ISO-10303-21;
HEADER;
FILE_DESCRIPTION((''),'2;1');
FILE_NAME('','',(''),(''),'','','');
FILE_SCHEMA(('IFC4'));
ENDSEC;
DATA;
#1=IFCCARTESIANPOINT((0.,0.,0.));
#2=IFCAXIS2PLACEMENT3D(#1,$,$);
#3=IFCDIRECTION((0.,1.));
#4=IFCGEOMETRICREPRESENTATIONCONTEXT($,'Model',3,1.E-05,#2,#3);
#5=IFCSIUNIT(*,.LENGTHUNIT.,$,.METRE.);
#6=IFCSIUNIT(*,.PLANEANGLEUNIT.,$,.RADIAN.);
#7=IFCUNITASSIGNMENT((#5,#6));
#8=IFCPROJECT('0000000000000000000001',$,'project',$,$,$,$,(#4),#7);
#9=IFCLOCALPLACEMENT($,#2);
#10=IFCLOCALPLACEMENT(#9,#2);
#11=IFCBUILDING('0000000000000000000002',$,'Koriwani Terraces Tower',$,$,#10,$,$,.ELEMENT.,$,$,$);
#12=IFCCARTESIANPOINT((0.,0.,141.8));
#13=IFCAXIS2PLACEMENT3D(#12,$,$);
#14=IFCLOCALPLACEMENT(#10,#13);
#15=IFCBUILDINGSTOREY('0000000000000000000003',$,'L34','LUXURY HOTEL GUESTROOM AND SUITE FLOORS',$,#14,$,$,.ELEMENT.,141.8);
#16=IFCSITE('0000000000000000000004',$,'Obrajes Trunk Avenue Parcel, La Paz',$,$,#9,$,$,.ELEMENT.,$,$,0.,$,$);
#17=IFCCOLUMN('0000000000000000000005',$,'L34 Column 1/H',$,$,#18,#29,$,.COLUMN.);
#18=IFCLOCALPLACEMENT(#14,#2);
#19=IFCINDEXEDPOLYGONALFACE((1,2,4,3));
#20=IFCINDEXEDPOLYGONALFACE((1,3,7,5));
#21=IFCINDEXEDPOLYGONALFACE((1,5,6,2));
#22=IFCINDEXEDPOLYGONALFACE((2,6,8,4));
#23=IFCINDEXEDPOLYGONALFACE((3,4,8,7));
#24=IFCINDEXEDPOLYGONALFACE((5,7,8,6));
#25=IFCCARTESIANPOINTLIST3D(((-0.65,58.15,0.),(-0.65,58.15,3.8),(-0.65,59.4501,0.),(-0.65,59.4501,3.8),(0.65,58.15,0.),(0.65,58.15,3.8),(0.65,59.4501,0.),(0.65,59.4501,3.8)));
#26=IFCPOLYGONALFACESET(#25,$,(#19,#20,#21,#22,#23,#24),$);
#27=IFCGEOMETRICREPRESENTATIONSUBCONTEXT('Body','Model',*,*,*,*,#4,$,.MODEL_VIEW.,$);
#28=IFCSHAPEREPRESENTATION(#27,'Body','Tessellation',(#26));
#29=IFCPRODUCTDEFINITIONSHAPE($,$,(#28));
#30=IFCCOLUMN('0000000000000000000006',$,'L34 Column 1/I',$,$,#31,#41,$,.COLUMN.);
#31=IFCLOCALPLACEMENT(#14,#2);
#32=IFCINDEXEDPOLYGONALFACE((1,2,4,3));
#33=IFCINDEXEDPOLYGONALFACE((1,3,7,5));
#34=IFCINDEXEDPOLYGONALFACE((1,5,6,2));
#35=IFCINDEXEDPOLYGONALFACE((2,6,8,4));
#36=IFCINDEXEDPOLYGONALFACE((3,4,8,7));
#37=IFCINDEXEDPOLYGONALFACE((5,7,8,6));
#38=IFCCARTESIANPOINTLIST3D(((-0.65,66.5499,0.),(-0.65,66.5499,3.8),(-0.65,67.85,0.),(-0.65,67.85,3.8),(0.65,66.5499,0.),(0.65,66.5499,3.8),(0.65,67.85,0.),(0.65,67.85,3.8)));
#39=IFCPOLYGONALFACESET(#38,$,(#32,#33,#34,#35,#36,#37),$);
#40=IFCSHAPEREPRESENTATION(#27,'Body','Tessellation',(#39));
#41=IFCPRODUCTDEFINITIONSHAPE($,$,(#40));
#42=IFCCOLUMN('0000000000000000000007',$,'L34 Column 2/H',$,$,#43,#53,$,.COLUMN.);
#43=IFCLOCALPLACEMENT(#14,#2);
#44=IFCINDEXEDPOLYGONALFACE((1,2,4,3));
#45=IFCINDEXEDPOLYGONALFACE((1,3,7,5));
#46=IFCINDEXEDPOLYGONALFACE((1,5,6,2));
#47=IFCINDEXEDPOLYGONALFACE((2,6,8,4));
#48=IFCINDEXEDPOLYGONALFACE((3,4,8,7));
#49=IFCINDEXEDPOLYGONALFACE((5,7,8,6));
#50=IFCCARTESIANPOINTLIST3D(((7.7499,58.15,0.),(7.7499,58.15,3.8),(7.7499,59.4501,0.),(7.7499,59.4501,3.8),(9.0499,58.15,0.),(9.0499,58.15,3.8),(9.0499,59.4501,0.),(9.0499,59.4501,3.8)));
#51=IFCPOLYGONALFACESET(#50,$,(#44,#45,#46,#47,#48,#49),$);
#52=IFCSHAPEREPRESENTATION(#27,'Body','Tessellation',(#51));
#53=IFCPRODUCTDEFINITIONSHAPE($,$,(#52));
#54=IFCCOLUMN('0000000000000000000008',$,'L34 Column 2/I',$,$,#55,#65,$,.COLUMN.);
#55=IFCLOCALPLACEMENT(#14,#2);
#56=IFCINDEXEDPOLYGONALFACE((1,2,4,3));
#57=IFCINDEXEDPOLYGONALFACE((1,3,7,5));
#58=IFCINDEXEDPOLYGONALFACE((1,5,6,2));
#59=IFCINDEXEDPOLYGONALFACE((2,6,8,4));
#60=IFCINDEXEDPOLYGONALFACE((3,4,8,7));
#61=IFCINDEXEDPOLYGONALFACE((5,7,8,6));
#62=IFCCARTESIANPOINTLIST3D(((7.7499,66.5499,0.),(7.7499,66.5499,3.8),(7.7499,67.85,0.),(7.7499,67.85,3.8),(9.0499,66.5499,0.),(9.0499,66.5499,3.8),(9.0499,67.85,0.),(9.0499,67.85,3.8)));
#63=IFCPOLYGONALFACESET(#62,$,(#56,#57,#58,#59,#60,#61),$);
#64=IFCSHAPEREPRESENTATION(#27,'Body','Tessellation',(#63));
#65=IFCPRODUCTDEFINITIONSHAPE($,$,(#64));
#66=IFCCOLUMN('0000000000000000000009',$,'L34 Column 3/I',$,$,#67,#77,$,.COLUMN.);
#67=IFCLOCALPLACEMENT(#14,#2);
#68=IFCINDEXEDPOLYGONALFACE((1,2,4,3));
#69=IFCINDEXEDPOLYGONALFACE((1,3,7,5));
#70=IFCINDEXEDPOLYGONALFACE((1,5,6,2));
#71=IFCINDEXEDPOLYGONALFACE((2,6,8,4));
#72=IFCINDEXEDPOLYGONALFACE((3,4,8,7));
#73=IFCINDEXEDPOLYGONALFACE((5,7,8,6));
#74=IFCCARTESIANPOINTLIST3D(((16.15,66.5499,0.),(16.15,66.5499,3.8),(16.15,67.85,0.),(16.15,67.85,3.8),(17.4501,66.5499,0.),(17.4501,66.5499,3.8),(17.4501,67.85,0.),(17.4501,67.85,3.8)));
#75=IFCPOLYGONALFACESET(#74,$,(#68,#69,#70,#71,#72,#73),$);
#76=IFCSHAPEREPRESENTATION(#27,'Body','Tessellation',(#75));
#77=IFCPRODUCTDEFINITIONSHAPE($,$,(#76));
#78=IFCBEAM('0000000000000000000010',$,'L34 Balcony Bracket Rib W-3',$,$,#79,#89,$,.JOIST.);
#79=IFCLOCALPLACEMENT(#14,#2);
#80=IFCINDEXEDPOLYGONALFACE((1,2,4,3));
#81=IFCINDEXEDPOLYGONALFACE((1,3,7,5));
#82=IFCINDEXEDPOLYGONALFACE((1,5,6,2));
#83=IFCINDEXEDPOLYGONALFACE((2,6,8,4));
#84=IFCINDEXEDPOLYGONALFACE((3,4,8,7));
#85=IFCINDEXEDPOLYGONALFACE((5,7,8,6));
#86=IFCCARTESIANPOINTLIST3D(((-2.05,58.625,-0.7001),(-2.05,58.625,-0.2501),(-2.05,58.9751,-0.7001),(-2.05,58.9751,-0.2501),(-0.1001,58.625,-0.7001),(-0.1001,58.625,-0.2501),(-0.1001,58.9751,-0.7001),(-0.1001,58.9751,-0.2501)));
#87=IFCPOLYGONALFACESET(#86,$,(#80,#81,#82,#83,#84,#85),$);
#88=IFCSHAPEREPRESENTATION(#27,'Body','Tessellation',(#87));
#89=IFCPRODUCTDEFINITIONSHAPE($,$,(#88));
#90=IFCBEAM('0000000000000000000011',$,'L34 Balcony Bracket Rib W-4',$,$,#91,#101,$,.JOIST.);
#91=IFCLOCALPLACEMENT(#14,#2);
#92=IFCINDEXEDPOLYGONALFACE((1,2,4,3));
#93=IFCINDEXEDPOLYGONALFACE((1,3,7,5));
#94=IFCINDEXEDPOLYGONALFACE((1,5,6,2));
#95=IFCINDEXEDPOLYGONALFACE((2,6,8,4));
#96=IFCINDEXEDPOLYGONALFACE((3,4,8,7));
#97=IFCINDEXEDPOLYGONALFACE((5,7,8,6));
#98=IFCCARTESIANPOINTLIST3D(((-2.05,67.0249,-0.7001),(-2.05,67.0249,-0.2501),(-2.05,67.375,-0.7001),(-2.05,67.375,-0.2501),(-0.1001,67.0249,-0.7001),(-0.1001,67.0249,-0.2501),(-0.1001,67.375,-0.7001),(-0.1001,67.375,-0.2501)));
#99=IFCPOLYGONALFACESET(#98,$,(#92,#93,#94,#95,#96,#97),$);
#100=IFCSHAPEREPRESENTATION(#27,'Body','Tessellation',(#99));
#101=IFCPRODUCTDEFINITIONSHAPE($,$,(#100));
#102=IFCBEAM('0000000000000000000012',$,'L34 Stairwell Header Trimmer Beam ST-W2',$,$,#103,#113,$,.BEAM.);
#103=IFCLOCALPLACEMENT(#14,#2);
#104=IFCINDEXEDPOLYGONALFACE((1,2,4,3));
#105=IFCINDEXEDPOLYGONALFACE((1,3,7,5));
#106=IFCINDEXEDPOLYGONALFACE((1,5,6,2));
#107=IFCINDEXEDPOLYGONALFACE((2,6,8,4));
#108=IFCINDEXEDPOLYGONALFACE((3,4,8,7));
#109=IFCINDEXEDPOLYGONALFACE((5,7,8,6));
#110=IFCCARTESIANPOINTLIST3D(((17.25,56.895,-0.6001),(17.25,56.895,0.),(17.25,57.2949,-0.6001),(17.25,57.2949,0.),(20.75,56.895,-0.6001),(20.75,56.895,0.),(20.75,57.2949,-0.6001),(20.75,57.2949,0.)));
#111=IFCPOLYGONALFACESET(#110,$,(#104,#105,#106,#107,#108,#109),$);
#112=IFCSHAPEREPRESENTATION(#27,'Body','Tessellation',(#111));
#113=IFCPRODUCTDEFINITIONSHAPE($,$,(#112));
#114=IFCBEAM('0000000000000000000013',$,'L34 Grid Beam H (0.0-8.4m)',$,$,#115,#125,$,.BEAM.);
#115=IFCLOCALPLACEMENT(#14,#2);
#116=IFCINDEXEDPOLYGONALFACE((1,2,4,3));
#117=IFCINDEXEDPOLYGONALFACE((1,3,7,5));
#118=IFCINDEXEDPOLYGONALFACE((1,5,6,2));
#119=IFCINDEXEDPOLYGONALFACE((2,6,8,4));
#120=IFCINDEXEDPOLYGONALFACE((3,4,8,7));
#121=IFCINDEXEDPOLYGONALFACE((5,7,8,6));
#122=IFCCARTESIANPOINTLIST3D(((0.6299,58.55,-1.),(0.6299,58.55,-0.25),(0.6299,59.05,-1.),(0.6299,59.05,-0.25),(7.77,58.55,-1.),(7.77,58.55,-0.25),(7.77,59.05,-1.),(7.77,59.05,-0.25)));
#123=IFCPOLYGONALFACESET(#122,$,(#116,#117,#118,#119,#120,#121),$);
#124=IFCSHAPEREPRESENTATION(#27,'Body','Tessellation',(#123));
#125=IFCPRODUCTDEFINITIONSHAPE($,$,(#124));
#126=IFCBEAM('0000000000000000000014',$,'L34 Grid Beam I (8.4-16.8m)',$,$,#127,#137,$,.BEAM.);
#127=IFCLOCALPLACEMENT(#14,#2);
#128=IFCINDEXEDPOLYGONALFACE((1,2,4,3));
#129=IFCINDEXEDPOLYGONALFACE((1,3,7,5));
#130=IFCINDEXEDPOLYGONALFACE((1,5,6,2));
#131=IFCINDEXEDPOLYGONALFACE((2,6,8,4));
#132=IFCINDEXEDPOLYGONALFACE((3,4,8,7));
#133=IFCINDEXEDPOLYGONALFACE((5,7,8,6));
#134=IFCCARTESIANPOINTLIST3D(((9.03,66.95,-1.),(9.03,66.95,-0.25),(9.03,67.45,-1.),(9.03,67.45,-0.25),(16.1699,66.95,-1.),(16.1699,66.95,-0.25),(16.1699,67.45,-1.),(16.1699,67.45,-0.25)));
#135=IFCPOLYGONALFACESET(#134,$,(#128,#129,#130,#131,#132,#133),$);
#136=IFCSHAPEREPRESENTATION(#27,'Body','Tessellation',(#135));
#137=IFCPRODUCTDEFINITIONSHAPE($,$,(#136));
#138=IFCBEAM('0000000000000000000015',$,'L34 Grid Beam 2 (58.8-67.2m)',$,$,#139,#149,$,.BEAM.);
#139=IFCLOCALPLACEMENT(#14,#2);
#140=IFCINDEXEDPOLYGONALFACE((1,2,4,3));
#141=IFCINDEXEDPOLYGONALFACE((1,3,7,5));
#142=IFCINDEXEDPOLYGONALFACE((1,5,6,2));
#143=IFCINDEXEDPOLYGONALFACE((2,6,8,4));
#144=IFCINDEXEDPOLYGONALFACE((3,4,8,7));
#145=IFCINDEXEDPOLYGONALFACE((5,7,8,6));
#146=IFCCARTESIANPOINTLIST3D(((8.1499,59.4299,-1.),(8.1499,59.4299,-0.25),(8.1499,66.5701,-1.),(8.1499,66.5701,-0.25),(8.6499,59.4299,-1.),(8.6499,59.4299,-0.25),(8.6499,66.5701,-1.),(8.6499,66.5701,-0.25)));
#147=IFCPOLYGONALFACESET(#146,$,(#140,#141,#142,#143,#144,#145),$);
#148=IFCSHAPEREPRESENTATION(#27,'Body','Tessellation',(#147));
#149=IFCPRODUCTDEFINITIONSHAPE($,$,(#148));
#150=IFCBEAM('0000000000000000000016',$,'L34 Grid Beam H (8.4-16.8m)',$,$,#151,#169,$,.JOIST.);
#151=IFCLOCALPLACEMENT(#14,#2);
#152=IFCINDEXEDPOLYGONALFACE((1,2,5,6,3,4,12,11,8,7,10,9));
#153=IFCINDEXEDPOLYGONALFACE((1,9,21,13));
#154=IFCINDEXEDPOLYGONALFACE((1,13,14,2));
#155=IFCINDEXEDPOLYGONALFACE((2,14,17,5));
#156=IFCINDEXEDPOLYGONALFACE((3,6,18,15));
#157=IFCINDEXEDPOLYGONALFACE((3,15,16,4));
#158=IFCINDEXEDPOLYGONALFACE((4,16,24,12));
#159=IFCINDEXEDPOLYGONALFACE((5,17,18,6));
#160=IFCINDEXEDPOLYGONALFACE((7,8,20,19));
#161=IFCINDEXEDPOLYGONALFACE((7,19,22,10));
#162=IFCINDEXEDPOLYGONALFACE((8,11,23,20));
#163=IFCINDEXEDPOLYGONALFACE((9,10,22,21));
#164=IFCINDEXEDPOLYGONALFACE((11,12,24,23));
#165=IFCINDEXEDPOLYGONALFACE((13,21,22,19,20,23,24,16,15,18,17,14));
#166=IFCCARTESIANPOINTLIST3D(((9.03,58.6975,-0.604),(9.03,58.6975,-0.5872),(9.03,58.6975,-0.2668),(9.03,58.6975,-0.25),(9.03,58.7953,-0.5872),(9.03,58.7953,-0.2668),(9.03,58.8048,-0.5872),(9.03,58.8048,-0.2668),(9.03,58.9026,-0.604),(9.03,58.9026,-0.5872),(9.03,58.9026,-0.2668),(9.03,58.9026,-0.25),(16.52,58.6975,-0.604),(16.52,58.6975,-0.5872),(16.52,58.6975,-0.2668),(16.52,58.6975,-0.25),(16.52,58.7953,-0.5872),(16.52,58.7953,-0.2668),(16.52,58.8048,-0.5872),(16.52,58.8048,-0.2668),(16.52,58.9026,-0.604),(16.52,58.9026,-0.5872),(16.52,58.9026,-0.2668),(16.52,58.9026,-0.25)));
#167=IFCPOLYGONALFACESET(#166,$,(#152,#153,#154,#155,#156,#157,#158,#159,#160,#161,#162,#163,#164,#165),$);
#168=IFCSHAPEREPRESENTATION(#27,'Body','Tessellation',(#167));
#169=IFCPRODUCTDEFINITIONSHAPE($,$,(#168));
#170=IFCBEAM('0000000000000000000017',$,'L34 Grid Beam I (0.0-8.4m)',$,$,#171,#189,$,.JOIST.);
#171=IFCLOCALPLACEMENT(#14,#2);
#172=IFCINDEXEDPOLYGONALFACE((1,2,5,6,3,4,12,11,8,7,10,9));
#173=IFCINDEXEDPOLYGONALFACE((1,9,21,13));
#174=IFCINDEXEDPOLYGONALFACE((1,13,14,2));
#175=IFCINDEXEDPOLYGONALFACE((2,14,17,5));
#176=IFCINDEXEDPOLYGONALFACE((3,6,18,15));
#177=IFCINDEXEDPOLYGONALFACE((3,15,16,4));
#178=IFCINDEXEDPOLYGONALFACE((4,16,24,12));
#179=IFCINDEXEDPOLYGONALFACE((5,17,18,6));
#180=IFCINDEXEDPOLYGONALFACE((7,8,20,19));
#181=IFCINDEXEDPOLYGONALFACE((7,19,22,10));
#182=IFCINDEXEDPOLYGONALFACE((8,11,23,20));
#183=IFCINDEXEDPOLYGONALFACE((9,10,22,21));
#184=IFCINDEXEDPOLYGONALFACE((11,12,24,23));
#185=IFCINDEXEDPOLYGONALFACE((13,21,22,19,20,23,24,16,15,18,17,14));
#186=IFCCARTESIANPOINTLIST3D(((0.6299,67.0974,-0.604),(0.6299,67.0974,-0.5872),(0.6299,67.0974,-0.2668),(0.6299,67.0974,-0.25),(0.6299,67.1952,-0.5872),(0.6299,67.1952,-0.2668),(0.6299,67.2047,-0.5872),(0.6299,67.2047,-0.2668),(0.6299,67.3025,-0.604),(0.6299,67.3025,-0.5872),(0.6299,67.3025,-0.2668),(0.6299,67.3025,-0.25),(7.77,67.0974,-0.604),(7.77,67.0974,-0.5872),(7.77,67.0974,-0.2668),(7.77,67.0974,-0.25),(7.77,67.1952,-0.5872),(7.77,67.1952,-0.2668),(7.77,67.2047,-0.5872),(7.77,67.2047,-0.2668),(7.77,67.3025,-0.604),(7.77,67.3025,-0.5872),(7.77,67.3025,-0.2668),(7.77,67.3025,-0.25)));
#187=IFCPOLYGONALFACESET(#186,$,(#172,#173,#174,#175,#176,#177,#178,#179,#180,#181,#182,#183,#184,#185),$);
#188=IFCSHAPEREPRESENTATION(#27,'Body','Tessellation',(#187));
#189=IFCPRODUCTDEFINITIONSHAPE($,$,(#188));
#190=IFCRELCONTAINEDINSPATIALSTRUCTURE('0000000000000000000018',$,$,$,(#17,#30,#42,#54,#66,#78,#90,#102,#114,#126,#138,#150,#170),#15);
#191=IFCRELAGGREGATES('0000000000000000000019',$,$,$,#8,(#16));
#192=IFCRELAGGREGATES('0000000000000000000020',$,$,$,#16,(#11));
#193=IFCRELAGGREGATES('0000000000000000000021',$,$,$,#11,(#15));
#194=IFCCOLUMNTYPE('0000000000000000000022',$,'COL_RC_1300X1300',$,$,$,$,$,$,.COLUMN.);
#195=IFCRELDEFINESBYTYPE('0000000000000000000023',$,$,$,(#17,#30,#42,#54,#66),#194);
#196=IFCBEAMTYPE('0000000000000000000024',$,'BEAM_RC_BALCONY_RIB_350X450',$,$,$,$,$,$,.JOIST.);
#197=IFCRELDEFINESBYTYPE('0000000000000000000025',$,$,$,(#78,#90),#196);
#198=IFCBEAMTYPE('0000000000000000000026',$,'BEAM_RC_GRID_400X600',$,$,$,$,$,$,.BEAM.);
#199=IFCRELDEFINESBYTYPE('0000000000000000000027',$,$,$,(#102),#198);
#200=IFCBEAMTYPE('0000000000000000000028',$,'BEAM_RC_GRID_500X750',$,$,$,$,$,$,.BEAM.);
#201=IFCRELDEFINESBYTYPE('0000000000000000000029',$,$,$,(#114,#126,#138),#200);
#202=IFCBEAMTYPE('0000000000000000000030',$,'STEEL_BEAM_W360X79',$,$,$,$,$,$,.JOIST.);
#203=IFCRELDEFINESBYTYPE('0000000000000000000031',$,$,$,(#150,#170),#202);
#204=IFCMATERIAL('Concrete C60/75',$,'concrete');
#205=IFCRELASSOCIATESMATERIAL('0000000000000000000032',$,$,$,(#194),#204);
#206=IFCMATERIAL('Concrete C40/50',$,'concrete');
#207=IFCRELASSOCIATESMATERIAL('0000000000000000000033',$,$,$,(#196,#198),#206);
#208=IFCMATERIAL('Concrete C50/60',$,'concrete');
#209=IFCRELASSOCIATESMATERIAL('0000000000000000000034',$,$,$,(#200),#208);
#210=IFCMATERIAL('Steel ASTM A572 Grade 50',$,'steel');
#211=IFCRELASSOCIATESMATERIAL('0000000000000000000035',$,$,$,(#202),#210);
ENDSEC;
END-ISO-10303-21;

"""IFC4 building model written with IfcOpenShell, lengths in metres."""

from ifc_helpers import new_model, si_unit, direction, frame, origin, origin_2d, place, context, subcontext, project, spatial, rectangle, i_section, extrude, material, material_profile, profile_set, type_object, element, save


model = new_model("IFC4")

# Units and contexts
model_context = context("Model", 3, precision=1e-05, world=origin(), true_north=direction((0.0, 1.0)))
body_context = subcontext(model_context, "Body", "Model", "MODEL_VIEW")
ifc_project = project(units=[si_unit("LENGTHUNIT", "METRE"), si_unit("PLANEANGLEUNIT", "RADIAN")], contexts=[model_context])

# Site, building, storey
site_placement = place(None, origin())
site = spatial("IfcSite", under=ifc_project, at=site_placement, Name="Obrajes Trunk Avenue Parcel, La Paz", CompositionType="ELEMENT", RefElevation=0.0)
building_placement = place(site_placement, origin())
building = spatial("IfcBuilding", under=site, at=building_placement, Name="Koriwani Terraces Tower", CompositionType="ELEMENT")
storey_placement = place(building_placement, frame((0.0, 0.0, 141.8)))
storey = spatial("IfcBuildingStorey", under=building, at=storey_placement, Name="L34", Description="LUXURY HOTEL GUESTROOM AND SUITE FLOORS", CompositionType="ELEMENT", Elevation=141.8)

# Columns
ifc_material_1 = material(Name="Concrete C60/75", Category="concrete")
ifc_material_profile_1 = material_profile(ifc_material_1, rectangle(XDim=1.3, YDim=1.3, at=origin_2d()), Name="Concrete C60/75", Category="LoadBearing")
ifc_profile_set_1 = profile_set([ifc_material_profile_1], Name="Concrete C60/75")
column_type = type_object("IfcColumnType", Name="COL_RC_1300X1300", PredefinedType="COLUMN", material=ifc_profile_set_1)
for number, where, z_axis, x_axis, name in (
    (1, (0.0, 58.8, 0.0), (0.0, 0.0, 1.0), (1.0, 0.0, 0.0), "L34 Column 1/H"),
    (2, (0.0, 67.2, 0.0), (0.0, 0.0, 1.0), (1.0, 0.0, 0.0), "L34 Column 1/I"),
    (3, (8.3999, 58.8, 0.0), (0.0, 0.0, 1.0), (1.0, 0.0, 0.0), "L34 Column 2/H"),
    (4, (8.3999, 67.2, 0.0), (0.0, 0.0, 1.0), (1.0, 0.0, 0.0), "L34 Column 2/I"),
    (5, (16.8, 67.2, 0.0), (0.0, 0.0, 1.0), (1.0, 0.0, 0.0), "L34 Column 3/I"),
):
    element("IfcColumn", number, at=place(storey_placement, frame(where, z_axis=z_axis, x_axis=x_axis)), inside=storey, type_object=column_type, Name=name, PredefinedType="COLUMN", context=body_context, shape_type="SweptSolid", body=[
        extrude(rectangle(XDim=1.3, YDim=1.3, at=origin_2d()), origin(), (0.0, 0.0, 1.0), 3.8),
    ])

# Beams
ifc_material_2 = material(Name="Concrete C40/50", Category="concrete")
ifc_material_profile_2 = material_profile(ifc_material_2, rectangle(XDim=0.3501, YDim=0.45, at=origin_2d()), Name="Concrete C40/50", Category="LoadBearing")
ifc_profile_set_2 = profile_set([ifc_material_profile_2], Name="Concrete C40/50")
beam_type_1 = type_object("IfcBeamType", Name="BEAM_RC_BALCONY_RIB_350X450", PredefinedType="JOIST", material=ifc_profile_set_2)
for number, where, z_axis, x_axis, name in (
    (6, (-2.05, 58.8, -0.4751), (1.0, 0.0, 0.0), (0.0, 1.0, 0.0), "L34 Balcony Bracket Rib W-3"),
    (7, (-2.05, 67.2, -0.4751), (1.0, 0.0, 0.0), (0.0, 1.0, 0.0), "L34 Balcony Bracket Rib W-4"),
):
    element("IfcBeam", number, at=place(storey_placement, frame(where, z_axis=z_axis, x_axis=x_axis)), inside=storey, type_object=beam_type_1, Name=name, PredefinedType="JOIST", context=body_context, shape_type="SweptSolid", body=[
        extrude(rectangle(XDim=0.3501, YDim=0.45, at=origin_2d()), origin(), (0.0, 0.0, 1.0), 1.95),
    ])
ifc_material_profile_3 = material_profile(ifc_material_2, rectangle(XDim=0.3999, YDim=0.6001, at=origin_2d()), Name="Concrete C40/50", Category="LoadBearing")
ifc_profile_set_3 = profile_set([ifc_material_profile_3], Name="Concrete C40/50")
beam_type_2 = type_object("IfcBeamType", Name="BEAM_RC_GRID_400X600", PredefinedType="BEAM", material=ifc_profile_set_3)
beam_1_placement = place(storey_placement, frame((17.25, 57.095, -0.3), z_axis=(1.0, 0.0, 0.0), x_axis=(0.0, 1.0, 0.0)))
element("IfcBeam", 8, at=beam_1_placement, inside=storey, type_object=beam_type_2, Name="L34 Stairwell Header Trimmer Beam ST-W2", PredefinedType="BEAM", context=body_context, shape_type="SweptSolid", body=[
    extrude(rectangle(XDim=0.3999, YDim=0.6001, at=origin_2d()), origin(), (0.0, 0.0, 1.0), 3.5),
])
ifc_material_3 = material(Name="Concrete C50/60", Category="concrete")
ifc_material_profile_4 = material_profile(ifc_material_3, rectangle(XDim=0.5, YDim=0.75, at=origin_2d()), Name="Concrete C50/60", Category="LoadBearing")
ifc_profile_set_4 = profile_set([ifc_material_profile_4], Name="Concrete C50/60")
beam_type_3 = type_object("IfcBeamType", Name="BEAM_RC_GRID_500X750", PredefinedType="BEAM", material=ifc_profile_set_4)
beam_2_placement = place(storey_placement, frame((0.6299, 58.8, -0.625), z_axis=(1.0, 0.0, 0.0), x_axis=(0.0, 1.0, 0.0)))
element("IfcBeam", 9, at=beam_2_placement, inside=storey, type_object=beam_type_3, Name="L34 Grid Beam H (0.0-8.4m)", PredefinedType="BEAM", context=body_context, shape_type="SweptSolid", body=[
    extrude(rectangle(XDim=0.5, YDim=0.75, at=origin_2d()), origin(), (0.0, 0.0, 1.0), 7.1401),
])
beam_3_placement = place(storey_placement, frame((9.03, 67.2, -0.625), z_axis=(1.0, 0.0, 0.0), x_axis=(0.0, 1.0, 0.0)))
element("IfcBeam", 10, at=beam_3_placement, inside=storey, type_object=beam_type_3, Name="L34 Grid Beam I (8.4-16.8m)", PredefinedType="BEAM", context=body_context, shape_type="SweptSolid", body=[
    extrude(rectangle(XDim=0.5, YDim=0.75, at=origin_2d()), origin(), (0.0, 0.0, 1.0), 7.1399),
])
beam_4_placement = place(storey_placement, frame((8.3999, 59.4299, -0.625), z_axis=(0.0, 1.0, 0.0), x_axis=(-1.0, 0.0, 0.0)))
element("IfcBeam", 11, at=beam_4_placement, inside=storey, type_object=beam_type_3, Name="L34 Grid Beam 2 (58.8-67.2m)", PredefinedType="BEAM", context=body_context, shape_type="SweptSolid", body=[
    extrude(rectangle(XDim=0.5, YDim=0.75, at=origin_2d()), origin(), (0.0, 0.0, 1.0), 7.1401),
])
ifc_material_4 = material(Name="Steel ASTM A572 Grade 50", Category="steel")
ifc_material_profile_5 = material_profile(ifc_material_4, i_section(OverallWidth=0.2051, OverallDepth=0.354, WebThickness=0.0095, FlangeThickness=0.0168, at=origin_2d()), Name="Steel ASTM A572 Grade 50", Category="LoadBearing")
ifc_profile_set_5 = profile_set([ifc_material_profile_5], Name="Steel ASTM A572 Grade 50")
beam_type_4 = type_object("IfcBeamType", Name="STEEL_BEAM_W360X79", PredefinedType="JOIST", material=ifc_profile_set_5)
beam_5_placement = place(storey_placement, frame((9.03, 58.8, -0.427), z_axis=(1.0, 0.0, 0.0), x_axis=(0.0, 1.0, 0.0)))
element("IfcBeam", 12, at=beam_5_placement, inside=storey, type_object=beam_type_4, Name="L34 Grid Beam H (8.4-16.8m)", PredefinedType="JOIST", context=body_context, shape_type="SweptSolid", body=[
    extrude(i_section(OverallWidth=0.2051, OverallDepth=0.354, WebThickness=0.0095, FlangeThickness=0.0168, at=origin_2d()), origin(), (0.0, 0.0, 1.0), 7.49),
])
for number, where, z_axis, x_axis, name in (
    (13, (0.6299, 67.2, -0.427), (1.0, 0.0, 0.0), (0.0, 1.0, 0.0), "L34 Grid Beam I (0.0-8.4m)"),
):
    element("IfcBeam", number, at=place(storey_placement, frame(where, z_axis=z_axis, x_axis=x_axis)), inside=storey, type_object=beam_type_4, Name=name, PredefinedType="JOIST", context=body_context, shape_type="SweptSolid", body=[
        extrude(i_section(OverallWidth=0.2051, OverallDepth=0.354, WebThickness=0.0095, FlangeThickness=0.0168, at=origin_2d()), origin(), (0.0, 0.0, 1.0), 7.1401),
    ])

save(model, "model.ifc")
